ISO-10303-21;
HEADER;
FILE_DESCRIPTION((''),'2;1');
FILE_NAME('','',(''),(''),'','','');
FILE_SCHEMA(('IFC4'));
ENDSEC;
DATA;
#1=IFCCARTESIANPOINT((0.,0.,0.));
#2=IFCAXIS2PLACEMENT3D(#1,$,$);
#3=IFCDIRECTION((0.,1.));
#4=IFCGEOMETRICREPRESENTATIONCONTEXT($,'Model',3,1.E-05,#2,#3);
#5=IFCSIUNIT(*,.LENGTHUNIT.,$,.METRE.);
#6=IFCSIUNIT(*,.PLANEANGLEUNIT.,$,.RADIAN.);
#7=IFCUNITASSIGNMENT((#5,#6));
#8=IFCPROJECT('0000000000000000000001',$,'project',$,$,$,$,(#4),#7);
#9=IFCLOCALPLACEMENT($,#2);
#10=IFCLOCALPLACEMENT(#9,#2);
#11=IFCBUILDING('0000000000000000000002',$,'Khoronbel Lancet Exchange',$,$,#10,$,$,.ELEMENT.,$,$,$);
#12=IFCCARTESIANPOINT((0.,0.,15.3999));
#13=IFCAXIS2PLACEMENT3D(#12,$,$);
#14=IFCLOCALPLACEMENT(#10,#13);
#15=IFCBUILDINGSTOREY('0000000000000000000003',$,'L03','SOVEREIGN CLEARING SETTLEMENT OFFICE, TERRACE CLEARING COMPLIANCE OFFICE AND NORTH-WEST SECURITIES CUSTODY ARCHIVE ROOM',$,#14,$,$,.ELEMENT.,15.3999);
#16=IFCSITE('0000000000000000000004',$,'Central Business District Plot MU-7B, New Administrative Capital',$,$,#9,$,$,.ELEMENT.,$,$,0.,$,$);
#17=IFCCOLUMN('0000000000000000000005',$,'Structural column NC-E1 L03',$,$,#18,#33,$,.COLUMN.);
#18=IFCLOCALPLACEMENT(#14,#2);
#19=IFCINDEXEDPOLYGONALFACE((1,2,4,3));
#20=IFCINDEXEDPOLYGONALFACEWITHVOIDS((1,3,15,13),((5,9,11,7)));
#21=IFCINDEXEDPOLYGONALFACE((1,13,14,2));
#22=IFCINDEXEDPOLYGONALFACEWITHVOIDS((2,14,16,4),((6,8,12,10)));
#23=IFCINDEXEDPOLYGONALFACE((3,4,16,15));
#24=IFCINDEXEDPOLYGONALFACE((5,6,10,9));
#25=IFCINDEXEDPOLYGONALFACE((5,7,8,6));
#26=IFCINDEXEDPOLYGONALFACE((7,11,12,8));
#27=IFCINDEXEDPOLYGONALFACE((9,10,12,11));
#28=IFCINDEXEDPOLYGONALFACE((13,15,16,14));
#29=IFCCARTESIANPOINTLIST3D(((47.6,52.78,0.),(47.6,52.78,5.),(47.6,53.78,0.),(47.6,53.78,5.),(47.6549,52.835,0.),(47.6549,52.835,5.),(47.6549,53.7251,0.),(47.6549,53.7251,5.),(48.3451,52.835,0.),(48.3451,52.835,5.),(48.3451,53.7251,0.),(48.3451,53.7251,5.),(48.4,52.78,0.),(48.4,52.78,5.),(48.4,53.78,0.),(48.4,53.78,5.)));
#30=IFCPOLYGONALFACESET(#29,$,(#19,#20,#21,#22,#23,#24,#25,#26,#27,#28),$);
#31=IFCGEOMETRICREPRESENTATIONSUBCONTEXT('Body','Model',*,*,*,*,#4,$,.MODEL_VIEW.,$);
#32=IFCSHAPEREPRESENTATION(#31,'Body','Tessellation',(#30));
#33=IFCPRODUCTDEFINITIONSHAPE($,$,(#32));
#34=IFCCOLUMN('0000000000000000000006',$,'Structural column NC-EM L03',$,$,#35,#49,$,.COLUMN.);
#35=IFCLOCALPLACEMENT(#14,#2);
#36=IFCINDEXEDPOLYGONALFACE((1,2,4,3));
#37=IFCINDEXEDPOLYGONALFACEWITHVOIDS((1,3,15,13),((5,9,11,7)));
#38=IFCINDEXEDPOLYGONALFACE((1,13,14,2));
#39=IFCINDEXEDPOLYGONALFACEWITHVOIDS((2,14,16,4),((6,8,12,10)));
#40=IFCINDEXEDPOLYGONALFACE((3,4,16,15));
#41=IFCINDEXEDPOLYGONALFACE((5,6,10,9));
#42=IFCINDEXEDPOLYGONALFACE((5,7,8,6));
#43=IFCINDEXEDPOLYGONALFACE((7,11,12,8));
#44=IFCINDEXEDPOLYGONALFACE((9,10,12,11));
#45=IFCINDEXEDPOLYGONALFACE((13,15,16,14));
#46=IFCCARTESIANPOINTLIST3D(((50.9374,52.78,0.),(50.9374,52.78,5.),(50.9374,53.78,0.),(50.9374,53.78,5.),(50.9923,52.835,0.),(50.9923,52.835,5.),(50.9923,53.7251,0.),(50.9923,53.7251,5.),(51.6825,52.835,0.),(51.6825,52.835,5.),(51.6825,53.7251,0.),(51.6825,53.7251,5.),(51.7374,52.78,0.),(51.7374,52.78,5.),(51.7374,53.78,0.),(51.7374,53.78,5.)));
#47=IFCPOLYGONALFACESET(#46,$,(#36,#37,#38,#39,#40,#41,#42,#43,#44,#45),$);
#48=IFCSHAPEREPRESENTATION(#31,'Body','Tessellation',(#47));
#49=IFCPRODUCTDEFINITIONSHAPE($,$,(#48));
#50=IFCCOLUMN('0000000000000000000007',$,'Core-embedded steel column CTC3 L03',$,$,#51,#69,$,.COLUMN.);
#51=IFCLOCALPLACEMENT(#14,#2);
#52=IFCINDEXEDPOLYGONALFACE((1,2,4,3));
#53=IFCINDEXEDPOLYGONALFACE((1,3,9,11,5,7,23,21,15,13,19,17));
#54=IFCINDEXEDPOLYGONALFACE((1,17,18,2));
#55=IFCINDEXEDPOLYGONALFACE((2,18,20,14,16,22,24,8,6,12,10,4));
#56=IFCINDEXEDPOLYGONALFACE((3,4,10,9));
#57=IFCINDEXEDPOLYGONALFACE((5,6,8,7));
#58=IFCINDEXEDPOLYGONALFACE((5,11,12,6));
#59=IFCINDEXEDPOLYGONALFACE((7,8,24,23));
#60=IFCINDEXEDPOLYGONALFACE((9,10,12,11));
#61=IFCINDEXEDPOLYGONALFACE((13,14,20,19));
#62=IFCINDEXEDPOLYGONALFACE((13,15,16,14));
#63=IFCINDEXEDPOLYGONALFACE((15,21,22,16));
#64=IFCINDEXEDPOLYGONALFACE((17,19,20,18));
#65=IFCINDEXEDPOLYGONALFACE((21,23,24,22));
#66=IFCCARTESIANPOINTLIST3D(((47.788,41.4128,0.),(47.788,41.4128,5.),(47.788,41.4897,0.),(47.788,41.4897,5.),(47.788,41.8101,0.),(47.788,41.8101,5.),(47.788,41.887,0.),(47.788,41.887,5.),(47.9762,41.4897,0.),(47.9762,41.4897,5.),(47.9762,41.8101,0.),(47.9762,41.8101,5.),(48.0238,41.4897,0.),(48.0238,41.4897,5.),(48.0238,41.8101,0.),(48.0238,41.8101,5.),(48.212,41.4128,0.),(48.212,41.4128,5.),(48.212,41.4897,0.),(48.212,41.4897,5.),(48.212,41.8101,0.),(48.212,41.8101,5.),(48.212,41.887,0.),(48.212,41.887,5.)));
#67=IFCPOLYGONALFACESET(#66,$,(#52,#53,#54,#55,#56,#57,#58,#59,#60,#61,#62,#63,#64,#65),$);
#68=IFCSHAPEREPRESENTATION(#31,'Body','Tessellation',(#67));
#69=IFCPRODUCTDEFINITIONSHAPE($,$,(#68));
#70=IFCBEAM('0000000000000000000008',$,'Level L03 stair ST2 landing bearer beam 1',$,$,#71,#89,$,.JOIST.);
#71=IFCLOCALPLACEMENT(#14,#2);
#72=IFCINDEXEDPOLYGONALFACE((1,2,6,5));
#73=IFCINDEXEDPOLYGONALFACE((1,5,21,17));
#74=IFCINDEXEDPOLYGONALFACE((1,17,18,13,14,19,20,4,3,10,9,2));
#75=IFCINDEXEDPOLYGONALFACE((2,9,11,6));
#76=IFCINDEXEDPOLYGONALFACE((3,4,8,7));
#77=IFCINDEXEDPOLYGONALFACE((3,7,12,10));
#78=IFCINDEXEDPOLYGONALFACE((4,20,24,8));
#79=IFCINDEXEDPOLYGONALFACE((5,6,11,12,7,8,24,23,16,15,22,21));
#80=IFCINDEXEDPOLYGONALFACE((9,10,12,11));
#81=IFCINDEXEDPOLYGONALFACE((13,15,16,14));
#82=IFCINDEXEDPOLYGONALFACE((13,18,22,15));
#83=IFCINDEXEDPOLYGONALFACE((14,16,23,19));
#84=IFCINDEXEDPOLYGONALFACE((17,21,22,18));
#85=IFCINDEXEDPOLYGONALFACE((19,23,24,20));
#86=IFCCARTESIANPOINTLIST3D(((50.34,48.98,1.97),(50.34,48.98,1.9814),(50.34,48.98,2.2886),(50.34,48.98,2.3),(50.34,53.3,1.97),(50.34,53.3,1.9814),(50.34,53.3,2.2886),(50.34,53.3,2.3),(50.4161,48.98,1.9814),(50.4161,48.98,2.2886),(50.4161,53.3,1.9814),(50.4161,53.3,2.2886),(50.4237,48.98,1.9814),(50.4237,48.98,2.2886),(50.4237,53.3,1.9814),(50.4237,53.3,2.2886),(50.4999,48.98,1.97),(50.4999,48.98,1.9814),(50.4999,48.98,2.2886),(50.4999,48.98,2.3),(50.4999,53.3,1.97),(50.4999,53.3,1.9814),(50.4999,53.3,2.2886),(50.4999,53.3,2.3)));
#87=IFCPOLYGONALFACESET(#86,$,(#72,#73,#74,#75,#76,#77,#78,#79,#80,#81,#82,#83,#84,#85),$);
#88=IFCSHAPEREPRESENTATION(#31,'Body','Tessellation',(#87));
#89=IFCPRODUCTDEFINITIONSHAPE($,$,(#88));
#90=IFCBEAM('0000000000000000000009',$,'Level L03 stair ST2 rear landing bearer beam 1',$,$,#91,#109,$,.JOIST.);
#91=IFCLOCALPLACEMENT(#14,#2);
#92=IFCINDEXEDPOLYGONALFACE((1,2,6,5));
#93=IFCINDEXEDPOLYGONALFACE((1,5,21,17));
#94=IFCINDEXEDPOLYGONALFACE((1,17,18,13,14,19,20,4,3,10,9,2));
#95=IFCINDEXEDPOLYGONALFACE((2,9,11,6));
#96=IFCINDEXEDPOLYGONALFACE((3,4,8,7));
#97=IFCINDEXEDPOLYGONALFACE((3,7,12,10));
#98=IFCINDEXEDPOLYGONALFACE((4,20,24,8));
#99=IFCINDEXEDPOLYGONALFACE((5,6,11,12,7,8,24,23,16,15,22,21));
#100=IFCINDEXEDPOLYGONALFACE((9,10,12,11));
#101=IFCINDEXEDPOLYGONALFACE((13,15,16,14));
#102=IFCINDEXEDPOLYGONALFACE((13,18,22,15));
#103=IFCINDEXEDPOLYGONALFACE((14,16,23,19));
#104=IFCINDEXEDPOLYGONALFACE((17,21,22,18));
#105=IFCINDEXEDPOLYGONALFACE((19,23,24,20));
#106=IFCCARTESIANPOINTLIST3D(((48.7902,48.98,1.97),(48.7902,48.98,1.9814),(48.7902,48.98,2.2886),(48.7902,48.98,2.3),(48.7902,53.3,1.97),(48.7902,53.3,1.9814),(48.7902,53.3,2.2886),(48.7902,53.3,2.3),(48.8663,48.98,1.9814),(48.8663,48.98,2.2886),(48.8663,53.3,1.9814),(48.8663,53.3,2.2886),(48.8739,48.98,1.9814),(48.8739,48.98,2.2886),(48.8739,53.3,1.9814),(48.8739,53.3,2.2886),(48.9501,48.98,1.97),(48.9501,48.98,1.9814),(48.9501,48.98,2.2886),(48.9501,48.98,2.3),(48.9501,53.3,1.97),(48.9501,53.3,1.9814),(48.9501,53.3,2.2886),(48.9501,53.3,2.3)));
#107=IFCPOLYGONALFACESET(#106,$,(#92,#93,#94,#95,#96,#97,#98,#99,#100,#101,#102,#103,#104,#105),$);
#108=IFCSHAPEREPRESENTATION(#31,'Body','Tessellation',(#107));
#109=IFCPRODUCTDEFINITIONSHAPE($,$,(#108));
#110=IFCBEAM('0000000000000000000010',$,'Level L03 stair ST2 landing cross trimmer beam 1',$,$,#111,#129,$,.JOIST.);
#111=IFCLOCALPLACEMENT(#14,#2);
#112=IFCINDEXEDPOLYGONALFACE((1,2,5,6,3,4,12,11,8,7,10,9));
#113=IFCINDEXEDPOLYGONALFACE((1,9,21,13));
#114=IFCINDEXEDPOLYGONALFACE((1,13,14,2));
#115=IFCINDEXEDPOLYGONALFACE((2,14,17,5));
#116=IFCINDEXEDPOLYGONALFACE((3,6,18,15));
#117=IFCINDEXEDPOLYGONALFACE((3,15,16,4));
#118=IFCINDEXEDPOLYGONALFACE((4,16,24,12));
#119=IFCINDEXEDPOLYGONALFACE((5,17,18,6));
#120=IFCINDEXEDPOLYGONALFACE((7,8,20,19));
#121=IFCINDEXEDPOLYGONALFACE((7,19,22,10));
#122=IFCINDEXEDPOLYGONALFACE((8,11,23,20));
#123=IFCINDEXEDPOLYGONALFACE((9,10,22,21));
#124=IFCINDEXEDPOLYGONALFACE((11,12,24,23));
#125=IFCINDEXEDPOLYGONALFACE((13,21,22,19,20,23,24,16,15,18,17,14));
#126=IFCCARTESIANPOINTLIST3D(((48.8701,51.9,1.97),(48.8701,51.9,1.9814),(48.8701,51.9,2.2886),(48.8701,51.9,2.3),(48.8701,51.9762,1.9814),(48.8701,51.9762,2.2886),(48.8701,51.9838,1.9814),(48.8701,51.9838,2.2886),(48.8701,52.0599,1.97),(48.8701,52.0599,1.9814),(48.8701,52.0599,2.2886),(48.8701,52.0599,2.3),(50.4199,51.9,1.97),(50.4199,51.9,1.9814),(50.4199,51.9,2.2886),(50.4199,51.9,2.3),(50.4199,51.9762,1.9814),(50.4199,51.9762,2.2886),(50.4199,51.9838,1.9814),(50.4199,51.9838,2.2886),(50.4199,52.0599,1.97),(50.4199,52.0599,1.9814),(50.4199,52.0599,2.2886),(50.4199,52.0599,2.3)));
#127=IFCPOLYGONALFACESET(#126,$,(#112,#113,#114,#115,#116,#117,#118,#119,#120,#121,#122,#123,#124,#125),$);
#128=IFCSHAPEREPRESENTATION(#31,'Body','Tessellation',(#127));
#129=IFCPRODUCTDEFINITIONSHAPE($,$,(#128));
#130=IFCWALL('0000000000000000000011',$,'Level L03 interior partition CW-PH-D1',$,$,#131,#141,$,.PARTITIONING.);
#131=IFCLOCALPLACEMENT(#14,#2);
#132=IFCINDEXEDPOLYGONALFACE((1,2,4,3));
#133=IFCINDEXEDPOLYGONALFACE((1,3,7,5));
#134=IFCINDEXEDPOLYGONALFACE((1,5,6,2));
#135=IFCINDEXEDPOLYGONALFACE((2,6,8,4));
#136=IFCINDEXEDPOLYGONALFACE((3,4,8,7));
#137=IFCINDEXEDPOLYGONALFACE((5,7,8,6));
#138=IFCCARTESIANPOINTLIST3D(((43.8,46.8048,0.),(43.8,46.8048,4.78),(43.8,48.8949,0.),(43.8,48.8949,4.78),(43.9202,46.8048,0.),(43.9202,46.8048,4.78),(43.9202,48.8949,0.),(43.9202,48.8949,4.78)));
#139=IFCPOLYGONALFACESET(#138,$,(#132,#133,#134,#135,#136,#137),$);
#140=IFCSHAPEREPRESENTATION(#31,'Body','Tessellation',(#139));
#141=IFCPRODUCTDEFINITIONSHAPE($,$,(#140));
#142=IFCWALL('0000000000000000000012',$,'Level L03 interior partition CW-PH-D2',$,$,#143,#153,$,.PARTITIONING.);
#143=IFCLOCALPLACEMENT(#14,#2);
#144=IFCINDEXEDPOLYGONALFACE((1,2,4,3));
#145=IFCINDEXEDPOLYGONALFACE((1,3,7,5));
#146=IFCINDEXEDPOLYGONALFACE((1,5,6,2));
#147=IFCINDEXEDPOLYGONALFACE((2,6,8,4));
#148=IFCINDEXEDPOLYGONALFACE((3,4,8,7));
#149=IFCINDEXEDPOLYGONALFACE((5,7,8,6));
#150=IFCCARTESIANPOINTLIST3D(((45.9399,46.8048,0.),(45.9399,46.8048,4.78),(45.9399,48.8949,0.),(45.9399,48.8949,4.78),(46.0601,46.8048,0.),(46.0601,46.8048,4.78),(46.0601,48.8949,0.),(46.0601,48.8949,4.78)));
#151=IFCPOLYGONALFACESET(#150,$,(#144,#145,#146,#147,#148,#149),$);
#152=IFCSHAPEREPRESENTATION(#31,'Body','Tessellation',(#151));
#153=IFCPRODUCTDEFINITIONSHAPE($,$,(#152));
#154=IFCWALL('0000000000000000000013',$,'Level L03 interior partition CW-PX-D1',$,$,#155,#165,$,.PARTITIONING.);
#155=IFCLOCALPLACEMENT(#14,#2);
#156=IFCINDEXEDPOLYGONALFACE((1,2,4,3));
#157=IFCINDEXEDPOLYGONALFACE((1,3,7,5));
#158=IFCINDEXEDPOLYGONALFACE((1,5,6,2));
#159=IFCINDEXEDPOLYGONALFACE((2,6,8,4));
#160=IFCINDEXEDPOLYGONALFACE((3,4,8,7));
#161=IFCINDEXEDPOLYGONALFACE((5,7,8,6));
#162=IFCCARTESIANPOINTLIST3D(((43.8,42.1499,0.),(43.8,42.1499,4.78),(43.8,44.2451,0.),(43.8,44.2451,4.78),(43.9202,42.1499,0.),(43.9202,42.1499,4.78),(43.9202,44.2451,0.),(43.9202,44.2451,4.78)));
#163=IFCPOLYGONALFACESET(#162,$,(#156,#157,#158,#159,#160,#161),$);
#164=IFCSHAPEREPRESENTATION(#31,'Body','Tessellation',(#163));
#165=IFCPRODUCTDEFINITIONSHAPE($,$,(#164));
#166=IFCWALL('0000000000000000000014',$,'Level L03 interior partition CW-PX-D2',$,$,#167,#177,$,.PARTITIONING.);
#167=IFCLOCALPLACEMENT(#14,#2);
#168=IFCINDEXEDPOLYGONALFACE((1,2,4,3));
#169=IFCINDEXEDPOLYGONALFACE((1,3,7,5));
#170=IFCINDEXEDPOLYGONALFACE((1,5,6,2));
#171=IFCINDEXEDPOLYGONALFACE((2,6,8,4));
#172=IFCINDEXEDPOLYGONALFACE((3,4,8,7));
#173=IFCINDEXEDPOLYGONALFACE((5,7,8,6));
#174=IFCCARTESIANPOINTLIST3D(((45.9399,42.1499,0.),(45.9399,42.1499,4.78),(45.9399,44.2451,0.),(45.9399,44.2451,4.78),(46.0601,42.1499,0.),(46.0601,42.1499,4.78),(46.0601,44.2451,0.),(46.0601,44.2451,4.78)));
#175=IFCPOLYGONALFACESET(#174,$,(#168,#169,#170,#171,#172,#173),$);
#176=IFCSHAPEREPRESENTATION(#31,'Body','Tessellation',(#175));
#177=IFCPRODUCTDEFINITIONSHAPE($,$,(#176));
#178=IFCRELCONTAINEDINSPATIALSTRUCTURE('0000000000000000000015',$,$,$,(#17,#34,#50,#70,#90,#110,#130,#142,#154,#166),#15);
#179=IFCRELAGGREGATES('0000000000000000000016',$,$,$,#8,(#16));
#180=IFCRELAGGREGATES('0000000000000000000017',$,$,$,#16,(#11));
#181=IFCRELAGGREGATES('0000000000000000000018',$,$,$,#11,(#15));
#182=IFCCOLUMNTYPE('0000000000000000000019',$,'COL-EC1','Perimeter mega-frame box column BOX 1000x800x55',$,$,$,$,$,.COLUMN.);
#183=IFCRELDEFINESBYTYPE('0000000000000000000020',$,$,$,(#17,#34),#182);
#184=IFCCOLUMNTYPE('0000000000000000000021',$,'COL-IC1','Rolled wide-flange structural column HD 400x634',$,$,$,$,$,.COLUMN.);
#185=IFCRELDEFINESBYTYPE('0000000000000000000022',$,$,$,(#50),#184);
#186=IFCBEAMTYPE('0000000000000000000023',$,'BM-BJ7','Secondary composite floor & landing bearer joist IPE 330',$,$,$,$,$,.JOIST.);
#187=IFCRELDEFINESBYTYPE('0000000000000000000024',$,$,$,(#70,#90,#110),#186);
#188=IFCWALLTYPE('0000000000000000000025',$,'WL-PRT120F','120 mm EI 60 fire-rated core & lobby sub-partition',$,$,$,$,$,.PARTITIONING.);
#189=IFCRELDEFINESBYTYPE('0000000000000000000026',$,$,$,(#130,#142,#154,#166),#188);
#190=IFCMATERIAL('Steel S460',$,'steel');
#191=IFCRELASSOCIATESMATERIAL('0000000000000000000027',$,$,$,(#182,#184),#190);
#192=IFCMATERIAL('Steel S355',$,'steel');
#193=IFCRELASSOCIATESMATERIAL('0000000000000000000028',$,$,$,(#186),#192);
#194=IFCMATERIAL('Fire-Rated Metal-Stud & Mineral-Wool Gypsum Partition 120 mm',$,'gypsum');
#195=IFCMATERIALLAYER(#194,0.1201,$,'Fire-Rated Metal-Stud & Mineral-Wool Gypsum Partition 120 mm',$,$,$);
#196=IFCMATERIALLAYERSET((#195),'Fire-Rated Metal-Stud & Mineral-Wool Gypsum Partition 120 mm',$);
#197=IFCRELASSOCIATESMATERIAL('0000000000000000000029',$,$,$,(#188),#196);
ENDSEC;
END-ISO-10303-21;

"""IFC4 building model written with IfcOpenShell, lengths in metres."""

from ifc_helpers import new_model, si_unit, direction, frame, frame_2d, origin, origin_2d, place, context, subcontext, project, spatial, rectangle, hollow_rectangle, i_section, extrude, material, layer, layer_set, material_profile, profile_set, type_object, element, save


model = new_model("IFC4")

# Units and contexts
model_context = context("Model", 3, precision=1e-05, world=origin(), true_north=direction((0.0, 1.0)))
body_context = subcontext(model_context, "Body", "Model", "MODEL_VIEW")
ifc_project = project(units=[si_unit("LENGTHUNIT", "METRE"), si_unit("PLANEANGLEUNIT", "RADIAN")], contexts=[model_context])

# Site, building, storey
site_placement = place(None, origin())
site = spatial("IfcSite", under=ifc_project, at=site_placement, Name="Central Business District Plot MU-7B, New Administrative Capital", CompositionType="ELEMENT", RefElevation=0.0)
building_placement = place(site_placement, origin())
building = spatial("IfcBuilding", under=site, at=building_placement, Name="Khoronbel Lancet Exchange", CompositionType="ELEMENT")
storey_placement = place(building_placement, frame((0.0, 0.0, 15.3999)))
storey = spatial("IfcBuildingStorey", under=building, at=storey_placement, Name="L03", Description="SOVEREIGN CLEARING SETTLEMENT OFFICE, TERRACE CLEARING COMPLIANCE OFFICE AND NORTH-WEST SECURITIES CUSTODY ARCHIVE ROOM", CompositionType="ELEMENT", Elevation=15.3999)

# Columns
ifc_material_1 = material(Name="Steel S460", Category="steel")
ifc_material_profile_1 = material_profile(ifc_material_1, hollow_rectangle(XDim=0.8, YDim=1.0, WallThickness=0.0549, at=origin_2d()), Name="BOX 1000x800x55")
ifc_profile_set_1 = profile_set([ifc_material_profile_1], Name="Steel S460")
column_type_1 = type_object("IfcColumnType", Name="COL-EC1", Description="Perimeter mega-frame box column BOX 1000x800x55", PredefinedType="COLUMN", material=ifc_profile_set_1)
for number, where, z_axis, x_axis, name in (
    (1, (48.0, 53.28, 0.0), (0.0, 0.0, 1.0), (1.0, 0.0, 0.0), "Structural column NC-E1 L03"),
    (2, (51.3374, 53.28, 0.0), (0.0, 0.0, 1.0), (1.0, 0.0, 0.0), "Structural column NC-EM L03"),
):
    element("IfcColumn", number, at=place(storey_placement, frame(where, z_axis=z_axis, x_axis=x_axis)), inside=storey, type_object=column_type_1, Name=name, PredefinedType="COLUMN", context=body_context, shape_type="SweptSolid", body=[
        extrude(hollow_rectangle(XDim=0.8, YDim=1.0, WallThickness=0.0549, at=origin_2d()), origin(), (0.0, 0.0, 1.0), 5.0),
    ])
ifc_material_profile_2 = material_profile(ifc_material_1, i_section(OverallWidth=0.4241, OverallDepth=0.4741, WebThickness=0.0476, FlangeThickness=0.0769, at=origin_2d()), Name="HD 400x634")
ifc_profile_set_2 = profile_set([ifc_material_profile_2], Name="Steel S460")
column_type_2 = type_object("IfcColumnType", Name="COL-IC1", Description="Rolled wide-flange structural column HD 400x634", PredefinedType="COLUMN", material=ifc_profile_set_2)
column_placement = place(storey_placement, frame((48.0, 41.6499, 0.0), z_axis=(0.0, 0.0, 1.0), x_axis=(1.0, 0.0, 0.0)))
element("IfcColumn", 3, at=column_placement, inside=storey, type_object=column_type_2, Name="Core-embedded steel column CTC3 L03", PredefinedType="COLUMN", context=body_context, shape_type="SweptSolid", body=[
    extrude(i_section(OverallWidth=0.4241, OverallDepth=0.4741, WebThickness=0.0476, FlangeThickness=0.0769, at=origin_2d()), origin(), (0.0, 0.0, 1.0), 5.0),
])

# Beams
ifc_material_2 = material(Name="Steel S355", Category="steel")
ifc_material_profile_3 = material_profile(ifc_material_2, i_section(OverallWidth=0.1599, OverallDepth=0.3301, WebThickness=0.0076, FlangeThickness=0.0115, at=origin_2d()), Name="IPE 330")
ifc_profile_set_3 = profile_set([ifc_material_profile_3], Name="Steel S355")
beam_type = type_object("IfcBeamType", Name="BM-BJ7", Description="Secondary composite floor & landing bearer joist IPE 330", PredefinedType="JOIST", material=ifc_profile_set_3)
for number, where, z_axis, x_axis, name in (
    (4, (50.4199, 48.98, 2.135), (0.0, 1.0, 0.0), (-1.0, 0.0, 0.0), "Level L03 stair ST2 landing bearer beam 1"),
    (5, (48.8701, 48.98, 2.135), (0.0, 1.0, 0.0), (-1.0, 0.0, 0.0), "Level L03 stair ST2 rear landing bearer beam 1"),
):
    element("IfcBeam", number, at=place(storey_placement, frame(where, z_axis=z_axis, x_axis=x_axis)), inside=storey, type_object=beam_type, Name=name, PredefinedType="JOIST", context=body_context, shape_type="SweptSolid", body=[
        extrude(i_section(OverallWidth=0.1599, OverallDepth=0.3301, WebThickness=0.0076, FlangeThickness=0.0115, at=origin_2d()), origin(), (0.0, 0.0, 1.0), 4.3201),
    ])
beam_placement = place(storey_placement, frame((48.8701, 51.98, 2.135), z_axis=(1.0, 0.0, 0.0), x_axis=(0.0, 1.0, 0.0)))
element("IfcBeam", 6, at=beam_placement, inside=storey, type_object=beam_type, Name="Level L03 stair ST2 landing cross trimmer beam 1", PredefinedType="JOIST", context=body_context, shape_type="SweptSolid", body=[
    extrude(i_section(OverallWidth=0.1599, OverallDepth=0.3301, WebThickness=0.0076, FlangeThickness=0.0115, at=origin_2d()), origin(), (0.0, 0.0, 1.0), 1.5498),
])

# Walls
ifc_material_3 = material(Name="Fire-Rated Metal-Stud & Mineral-Wool Gypsum Partition 120 mm", Category="gypsum")
ifc_layer_1 = layer(ifc_material_3, 0.1201, Name="Fire-Rated Metal-Stud & Mineral-Wool Gypsum Partition 120 mm")
ifc_layer_set_1 = layer_set([ifc_layer_1], Name="Fire-Rated Metal-Stud & Mineral-Wool Gypsum Partition 120 mm")
wall_type_1 = type_object("IfcWallType", Name="WL-PRT120F", Description="120 mm EI 60 fire-rated core & lobby sub-partition", PredefinedType="PARTITIONING", material=ifc_layer_set_1)
for number, where, z_axis, x_axis, name in (
    (7, (43.8601, 46.8049, 0.0), (0.0, 0.0, 1.0), (0.0, 1.0, 0.0), "Level L03 interior partition CW-PH-D1"),
    (8, (46.0, 46.8049, 0.0), (0.0, 0.0, 1.0), (0.0, 1.0, 0.0), "Level L03 interior partition CW-PH-D2"),
):
    element("IfcWall", number, at=place(storey_placement, frame(where, z_axis=z_axis, x_axis=x_axis)), inside=storey, type_object=wall_type_1, Name=name, PredefinedType="PARTITIONING", context=body_context, shape_type="SweptSolid", body=[
        extrude(rectangle(XDim=2.0901, YDim=0.1201, at=frame_2d((1.0449, 0.0))), origin(), (0.0, 0.0, 1.0), 4.78),
    ])
for number, where, z_axis, x_axis, name in (
    (9, (43.8601, 42.1499, 0.0), (0.0, 0.0, 1.0), (0.0, 1.0, 0.0), "Level L03 interior partition CW-PX-D1"),
    (10, (46.0, 42.1499, 0.0), (0.0, 0.0, 1.0), (0.0, 1.0, 0.0), "Level L03 interior partition CW-PX-D2"),
):
    element("IfcWall", number, at=place(storey_placement, frame(where, z_axis=z_axis, x_axis=x_axis)), inside=storey, type_object=wall_type_1, Name=name, PredefinedType="PARTITIONING", context=body_context, shape_type="SweptSolid", body=[
        extrude(rectangle(XDim=2.0952, YDim=0.1201, at=frame_2d((1.0476, 0.0))), origin(), (0.0, 0.0, 1.0), 4.78),
    ])

save(model, "model.ifc")
